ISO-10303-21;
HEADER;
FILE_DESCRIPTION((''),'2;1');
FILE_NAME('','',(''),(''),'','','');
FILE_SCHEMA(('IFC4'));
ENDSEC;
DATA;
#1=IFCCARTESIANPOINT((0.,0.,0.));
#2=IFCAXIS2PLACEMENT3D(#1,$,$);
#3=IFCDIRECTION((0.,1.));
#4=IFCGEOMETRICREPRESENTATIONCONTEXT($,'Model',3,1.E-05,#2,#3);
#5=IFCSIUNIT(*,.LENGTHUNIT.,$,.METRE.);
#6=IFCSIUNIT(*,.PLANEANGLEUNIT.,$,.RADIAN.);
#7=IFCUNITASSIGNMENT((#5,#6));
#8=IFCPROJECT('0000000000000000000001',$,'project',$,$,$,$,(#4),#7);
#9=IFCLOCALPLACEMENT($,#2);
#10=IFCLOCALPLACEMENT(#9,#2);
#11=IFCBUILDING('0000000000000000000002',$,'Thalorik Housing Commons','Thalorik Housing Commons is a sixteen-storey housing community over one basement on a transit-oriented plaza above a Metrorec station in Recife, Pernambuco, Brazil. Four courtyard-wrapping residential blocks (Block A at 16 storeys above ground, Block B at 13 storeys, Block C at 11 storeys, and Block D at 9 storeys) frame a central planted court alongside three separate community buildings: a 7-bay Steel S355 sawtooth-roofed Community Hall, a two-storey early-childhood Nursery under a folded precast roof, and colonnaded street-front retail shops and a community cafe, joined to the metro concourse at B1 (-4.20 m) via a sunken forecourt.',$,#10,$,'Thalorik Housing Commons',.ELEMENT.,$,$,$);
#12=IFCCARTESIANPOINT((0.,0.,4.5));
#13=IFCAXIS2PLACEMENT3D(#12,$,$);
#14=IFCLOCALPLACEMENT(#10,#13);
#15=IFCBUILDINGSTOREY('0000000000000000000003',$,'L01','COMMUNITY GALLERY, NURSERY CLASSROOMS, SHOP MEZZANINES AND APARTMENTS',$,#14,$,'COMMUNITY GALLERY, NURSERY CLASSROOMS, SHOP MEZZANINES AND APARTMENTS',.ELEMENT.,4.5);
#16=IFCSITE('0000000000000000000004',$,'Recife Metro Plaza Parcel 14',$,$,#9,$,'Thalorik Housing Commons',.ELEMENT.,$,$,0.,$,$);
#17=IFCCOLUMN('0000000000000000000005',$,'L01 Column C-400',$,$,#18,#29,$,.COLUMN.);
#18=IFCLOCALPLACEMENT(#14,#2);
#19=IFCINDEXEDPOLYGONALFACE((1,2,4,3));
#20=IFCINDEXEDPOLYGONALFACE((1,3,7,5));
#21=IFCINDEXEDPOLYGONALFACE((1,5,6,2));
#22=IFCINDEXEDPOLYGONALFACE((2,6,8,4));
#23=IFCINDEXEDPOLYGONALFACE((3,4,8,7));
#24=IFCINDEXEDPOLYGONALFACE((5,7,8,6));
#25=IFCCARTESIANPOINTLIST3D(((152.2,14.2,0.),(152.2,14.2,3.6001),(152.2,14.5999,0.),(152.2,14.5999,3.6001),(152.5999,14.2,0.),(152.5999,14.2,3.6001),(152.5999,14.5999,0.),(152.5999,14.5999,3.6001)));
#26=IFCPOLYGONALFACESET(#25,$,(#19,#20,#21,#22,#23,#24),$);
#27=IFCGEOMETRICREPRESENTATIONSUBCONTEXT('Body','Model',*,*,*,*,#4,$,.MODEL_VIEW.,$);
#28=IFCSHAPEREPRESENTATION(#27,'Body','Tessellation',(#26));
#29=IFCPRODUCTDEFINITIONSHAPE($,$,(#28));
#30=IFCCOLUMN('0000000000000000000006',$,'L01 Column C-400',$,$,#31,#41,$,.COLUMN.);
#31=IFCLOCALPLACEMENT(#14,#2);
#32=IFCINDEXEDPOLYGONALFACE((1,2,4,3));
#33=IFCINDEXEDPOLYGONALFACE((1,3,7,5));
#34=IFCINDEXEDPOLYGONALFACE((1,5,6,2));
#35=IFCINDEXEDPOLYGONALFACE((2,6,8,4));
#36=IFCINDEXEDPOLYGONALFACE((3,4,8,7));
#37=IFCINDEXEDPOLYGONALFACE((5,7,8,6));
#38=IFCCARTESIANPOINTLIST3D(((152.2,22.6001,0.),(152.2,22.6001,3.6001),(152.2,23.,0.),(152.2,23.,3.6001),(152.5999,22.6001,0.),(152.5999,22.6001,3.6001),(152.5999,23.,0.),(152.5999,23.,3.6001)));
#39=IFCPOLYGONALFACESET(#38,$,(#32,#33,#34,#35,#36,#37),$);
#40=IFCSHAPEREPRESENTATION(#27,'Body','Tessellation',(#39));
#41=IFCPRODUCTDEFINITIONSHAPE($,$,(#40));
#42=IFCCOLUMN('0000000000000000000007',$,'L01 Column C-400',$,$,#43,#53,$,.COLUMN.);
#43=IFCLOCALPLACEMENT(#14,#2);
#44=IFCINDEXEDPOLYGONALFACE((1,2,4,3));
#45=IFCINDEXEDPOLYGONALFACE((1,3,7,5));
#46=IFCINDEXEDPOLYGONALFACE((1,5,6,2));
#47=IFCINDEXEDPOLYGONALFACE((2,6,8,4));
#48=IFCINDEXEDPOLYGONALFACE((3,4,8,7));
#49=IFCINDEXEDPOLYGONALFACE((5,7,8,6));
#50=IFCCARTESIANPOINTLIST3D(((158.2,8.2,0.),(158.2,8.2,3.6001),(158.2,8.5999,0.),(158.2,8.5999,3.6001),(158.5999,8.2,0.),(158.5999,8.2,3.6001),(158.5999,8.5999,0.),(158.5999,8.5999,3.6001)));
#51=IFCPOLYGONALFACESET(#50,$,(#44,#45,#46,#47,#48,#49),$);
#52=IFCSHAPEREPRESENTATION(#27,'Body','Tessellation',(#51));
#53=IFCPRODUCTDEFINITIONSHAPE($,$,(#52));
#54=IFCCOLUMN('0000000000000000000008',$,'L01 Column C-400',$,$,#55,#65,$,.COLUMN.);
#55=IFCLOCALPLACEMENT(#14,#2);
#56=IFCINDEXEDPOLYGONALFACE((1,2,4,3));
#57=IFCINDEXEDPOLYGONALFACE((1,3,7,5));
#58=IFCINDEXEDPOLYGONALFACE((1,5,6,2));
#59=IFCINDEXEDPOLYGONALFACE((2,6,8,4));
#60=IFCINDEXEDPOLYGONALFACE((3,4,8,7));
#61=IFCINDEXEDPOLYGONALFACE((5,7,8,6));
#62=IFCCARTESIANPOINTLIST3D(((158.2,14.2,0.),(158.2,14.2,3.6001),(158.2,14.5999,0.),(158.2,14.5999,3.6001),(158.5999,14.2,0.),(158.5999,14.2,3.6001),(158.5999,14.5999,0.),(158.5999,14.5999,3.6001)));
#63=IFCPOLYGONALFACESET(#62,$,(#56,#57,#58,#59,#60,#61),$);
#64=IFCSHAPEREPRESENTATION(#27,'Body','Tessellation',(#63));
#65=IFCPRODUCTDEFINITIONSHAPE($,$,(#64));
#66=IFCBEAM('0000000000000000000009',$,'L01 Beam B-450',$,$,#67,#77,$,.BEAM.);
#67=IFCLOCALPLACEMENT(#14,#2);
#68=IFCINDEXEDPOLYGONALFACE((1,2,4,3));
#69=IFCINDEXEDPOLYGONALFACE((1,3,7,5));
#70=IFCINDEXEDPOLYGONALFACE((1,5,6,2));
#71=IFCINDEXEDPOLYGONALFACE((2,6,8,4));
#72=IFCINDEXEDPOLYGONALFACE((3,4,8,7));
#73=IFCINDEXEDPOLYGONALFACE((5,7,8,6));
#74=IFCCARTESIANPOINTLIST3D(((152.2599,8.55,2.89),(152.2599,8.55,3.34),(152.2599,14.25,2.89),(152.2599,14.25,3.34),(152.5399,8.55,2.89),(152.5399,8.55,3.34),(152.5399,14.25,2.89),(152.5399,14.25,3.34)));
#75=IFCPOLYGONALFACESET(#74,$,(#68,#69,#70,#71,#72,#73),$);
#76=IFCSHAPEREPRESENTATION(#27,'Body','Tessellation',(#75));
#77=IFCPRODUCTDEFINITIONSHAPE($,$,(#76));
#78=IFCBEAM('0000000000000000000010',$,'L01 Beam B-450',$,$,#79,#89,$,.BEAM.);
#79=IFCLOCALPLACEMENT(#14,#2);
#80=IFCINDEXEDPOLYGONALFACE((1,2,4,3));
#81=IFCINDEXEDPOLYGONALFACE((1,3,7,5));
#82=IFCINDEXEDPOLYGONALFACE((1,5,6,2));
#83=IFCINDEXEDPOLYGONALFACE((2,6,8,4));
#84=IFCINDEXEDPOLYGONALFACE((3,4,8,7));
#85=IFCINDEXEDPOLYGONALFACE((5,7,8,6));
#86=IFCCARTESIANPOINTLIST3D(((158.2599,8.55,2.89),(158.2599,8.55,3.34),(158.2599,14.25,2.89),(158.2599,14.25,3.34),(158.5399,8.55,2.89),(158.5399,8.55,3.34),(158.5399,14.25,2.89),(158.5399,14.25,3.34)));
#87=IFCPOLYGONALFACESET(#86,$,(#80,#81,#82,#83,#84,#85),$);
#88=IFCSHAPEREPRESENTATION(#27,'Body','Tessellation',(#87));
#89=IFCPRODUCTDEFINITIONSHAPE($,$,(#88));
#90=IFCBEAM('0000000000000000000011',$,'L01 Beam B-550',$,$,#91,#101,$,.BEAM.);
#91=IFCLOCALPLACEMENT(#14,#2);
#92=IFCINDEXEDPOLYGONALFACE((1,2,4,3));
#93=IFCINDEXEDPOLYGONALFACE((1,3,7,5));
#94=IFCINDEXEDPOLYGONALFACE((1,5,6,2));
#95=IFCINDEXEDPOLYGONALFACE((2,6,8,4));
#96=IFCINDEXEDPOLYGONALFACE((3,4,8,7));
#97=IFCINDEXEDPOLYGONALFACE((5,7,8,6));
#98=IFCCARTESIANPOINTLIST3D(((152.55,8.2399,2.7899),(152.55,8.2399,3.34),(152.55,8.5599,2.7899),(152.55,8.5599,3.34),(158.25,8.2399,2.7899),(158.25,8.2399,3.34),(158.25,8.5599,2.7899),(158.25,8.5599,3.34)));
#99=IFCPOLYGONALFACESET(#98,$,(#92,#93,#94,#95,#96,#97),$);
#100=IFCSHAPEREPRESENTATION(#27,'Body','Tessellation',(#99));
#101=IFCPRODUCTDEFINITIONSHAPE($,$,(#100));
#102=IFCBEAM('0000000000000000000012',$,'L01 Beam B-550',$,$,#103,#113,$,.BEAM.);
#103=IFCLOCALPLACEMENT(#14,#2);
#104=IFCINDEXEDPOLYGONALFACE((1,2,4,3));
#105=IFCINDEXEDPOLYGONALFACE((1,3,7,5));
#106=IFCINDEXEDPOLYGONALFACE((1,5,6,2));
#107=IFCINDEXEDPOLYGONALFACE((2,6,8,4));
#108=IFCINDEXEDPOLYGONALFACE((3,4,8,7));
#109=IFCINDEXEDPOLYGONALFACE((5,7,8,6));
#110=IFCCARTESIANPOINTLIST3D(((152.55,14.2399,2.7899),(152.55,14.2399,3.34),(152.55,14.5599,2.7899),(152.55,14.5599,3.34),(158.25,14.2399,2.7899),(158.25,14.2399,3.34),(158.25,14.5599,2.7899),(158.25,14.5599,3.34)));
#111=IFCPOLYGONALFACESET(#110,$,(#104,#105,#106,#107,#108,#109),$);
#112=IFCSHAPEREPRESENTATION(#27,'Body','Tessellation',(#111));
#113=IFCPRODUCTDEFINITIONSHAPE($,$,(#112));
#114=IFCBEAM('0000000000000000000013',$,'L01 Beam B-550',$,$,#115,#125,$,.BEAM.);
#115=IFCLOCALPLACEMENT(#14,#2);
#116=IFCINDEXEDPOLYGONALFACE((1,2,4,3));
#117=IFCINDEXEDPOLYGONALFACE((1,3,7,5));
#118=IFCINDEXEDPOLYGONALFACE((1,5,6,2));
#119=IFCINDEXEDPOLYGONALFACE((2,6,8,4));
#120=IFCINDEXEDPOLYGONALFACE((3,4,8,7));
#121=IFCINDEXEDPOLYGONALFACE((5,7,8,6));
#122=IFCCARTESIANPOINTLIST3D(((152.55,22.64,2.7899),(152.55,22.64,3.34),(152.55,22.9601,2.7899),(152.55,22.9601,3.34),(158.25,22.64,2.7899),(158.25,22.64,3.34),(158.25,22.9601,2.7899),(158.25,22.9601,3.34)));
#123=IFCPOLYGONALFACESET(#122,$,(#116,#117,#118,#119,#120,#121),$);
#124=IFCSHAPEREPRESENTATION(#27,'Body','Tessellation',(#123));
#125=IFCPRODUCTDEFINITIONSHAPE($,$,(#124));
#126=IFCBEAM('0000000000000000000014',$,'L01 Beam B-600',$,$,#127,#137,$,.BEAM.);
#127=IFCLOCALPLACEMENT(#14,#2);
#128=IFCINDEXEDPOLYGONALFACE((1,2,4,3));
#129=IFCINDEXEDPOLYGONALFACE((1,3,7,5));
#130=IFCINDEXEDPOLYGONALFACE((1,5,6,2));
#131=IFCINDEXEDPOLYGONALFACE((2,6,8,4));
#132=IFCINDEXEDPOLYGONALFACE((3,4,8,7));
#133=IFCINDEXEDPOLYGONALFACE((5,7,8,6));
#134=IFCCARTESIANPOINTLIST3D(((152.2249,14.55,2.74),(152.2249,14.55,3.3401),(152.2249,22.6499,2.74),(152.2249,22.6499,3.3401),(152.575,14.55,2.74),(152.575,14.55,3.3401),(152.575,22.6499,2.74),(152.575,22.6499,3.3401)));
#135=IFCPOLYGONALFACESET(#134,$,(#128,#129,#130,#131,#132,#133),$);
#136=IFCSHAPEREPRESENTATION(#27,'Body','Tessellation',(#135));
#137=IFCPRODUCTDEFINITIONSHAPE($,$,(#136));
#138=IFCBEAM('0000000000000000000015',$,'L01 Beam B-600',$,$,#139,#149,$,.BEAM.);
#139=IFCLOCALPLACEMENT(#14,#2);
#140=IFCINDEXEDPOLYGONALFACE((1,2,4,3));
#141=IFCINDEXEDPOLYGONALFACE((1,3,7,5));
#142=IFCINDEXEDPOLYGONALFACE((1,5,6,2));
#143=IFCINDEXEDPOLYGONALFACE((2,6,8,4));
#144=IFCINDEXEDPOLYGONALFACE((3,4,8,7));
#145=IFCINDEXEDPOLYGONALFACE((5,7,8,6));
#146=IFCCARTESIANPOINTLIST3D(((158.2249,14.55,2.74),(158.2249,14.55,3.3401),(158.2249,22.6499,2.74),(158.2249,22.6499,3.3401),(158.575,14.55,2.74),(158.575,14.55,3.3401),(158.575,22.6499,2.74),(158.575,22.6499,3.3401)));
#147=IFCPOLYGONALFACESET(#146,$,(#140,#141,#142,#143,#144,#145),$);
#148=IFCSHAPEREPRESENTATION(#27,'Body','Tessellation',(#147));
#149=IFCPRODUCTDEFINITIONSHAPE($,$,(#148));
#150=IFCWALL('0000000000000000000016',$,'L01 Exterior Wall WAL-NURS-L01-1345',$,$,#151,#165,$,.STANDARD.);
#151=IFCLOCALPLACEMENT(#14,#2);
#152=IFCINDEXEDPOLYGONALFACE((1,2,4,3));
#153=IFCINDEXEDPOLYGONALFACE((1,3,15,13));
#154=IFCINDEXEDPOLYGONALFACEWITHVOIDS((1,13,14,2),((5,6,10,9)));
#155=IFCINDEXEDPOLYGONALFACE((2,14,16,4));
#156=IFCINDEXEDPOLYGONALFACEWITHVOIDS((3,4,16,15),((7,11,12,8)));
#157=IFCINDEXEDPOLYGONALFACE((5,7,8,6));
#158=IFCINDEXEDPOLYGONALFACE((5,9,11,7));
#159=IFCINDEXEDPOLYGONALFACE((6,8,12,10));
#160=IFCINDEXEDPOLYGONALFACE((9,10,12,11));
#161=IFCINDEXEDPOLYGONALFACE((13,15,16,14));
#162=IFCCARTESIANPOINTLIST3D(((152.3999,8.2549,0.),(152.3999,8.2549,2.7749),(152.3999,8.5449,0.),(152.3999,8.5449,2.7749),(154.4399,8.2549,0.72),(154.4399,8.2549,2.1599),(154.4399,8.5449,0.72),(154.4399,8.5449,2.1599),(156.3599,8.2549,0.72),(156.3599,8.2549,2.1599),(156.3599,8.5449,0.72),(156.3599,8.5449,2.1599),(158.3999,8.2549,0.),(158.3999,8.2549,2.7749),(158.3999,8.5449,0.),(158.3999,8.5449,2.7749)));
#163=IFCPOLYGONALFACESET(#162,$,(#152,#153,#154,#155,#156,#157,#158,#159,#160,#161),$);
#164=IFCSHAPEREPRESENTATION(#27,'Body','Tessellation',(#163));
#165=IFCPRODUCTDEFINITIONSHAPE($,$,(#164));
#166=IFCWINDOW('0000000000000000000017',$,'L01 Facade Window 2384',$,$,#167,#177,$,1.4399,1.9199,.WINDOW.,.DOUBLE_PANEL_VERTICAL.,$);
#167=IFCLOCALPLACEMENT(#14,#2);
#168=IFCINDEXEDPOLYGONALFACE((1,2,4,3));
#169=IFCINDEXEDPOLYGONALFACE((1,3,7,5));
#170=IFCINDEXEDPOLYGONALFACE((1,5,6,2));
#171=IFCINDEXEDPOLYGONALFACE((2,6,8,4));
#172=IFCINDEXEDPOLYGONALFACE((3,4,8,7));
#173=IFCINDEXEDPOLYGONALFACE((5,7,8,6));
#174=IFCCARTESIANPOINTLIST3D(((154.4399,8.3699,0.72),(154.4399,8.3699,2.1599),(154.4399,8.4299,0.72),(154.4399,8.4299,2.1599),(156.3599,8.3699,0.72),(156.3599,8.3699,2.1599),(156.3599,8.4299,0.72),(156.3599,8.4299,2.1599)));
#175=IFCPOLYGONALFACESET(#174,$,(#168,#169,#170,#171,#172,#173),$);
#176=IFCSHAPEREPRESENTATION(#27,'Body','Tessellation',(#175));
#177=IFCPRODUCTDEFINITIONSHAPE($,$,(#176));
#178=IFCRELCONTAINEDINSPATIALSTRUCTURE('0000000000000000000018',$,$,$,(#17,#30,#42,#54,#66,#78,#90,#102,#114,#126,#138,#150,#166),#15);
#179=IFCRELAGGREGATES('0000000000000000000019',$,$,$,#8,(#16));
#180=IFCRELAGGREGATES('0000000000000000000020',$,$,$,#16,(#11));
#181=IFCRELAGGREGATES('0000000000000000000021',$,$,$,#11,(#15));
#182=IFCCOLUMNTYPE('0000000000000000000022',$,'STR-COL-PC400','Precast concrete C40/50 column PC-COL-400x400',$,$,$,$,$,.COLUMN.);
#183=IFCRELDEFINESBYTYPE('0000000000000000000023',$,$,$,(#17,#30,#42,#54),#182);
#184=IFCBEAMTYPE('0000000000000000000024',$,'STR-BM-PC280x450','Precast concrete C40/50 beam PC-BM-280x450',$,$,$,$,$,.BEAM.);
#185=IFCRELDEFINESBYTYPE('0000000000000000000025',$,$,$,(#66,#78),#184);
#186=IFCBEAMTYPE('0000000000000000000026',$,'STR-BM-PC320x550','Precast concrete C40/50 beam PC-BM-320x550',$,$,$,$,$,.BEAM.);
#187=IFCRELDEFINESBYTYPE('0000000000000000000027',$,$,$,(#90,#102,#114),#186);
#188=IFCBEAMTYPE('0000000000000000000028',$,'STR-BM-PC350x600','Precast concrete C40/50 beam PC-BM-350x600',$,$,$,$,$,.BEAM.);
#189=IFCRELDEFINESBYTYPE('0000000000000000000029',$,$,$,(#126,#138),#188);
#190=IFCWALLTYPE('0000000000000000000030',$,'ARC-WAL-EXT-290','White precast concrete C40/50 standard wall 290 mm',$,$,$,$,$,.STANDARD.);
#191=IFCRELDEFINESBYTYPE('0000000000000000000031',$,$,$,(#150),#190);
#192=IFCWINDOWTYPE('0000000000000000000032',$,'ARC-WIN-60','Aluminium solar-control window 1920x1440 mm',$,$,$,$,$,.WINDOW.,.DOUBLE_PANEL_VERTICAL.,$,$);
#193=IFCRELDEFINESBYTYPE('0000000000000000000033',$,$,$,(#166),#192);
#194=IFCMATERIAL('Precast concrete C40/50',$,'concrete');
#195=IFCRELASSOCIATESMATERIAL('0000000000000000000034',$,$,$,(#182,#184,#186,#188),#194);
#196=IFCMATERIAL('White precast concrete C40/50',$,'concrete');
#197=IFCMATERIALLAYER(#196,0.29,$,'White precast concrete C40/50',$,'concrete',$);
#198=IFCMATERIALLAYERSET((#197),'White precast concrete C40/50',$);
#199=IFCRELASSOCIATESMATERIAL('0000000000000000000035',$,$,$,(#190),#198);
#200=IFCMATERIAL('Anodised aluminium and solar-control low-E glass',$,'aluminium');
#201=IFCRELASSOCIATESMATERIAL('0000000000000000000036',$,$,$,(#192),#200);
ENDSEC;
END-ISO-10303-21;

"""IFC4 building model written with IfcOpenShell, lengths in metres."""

from ifc_helpers import new_model, si_unit, direction, frame, frame_2d, origin, origin_2d, place, context, subcontext, project, spatial, rectangle, extrude, material, layer, layer_set, material_profile, profile_set, type_object, element, fill, save


model = new_model("IFC4")

# Units and contexts
model_context = context("Model", 3, precision=1e-05, world=origin(), true_north=direction((0.0, 1.0)))
body_context = subcontext(model_context, "Body", "Model", "MODEL_VIEW")
ifc_project = project(units=[si_unit("LENGTHUNIT", "METRE"), si_unit("PLANEANGLEUNIT", "RADIAN")], contexts=[model_context])

# Site, building, storey
site_placement = place(None, origin())
site = spatial("IfcSite", under=ifc_project, at=site_placement, Name="Recife Metro Plaza Parcel 14", LongName="Thalorik Housing Commons", CompositionType="ELEMENT", RefElevation=0.0)
building_placement = place(site_placement, origin())
building = spatial("IfcBuilding", under=site, at=building_placement, Name="Thalorik Housing Commons", Description="Thalorik Housing Commons is a sixteen-storey housing community over one basement on a transit-oriented plaza above a Metrorec station in Recife, Pernambuco, Brazil. Four courtyard-wrapping residential blocks (Block A at 16 storeys above ground, Block B at 13 storeys, Block C at 11 storeys, and Block D at 9 storeys) frame a central planted court alongside three separate community buildings: a 7-bay Steel S355 sawtooth-roofed Community Hall, a two-storey early-childhood Nursery under a folded precast roof, and colonnaded street-front retail shops and a community cafe, joined to the metro concourse at B1 (-4.20 m) via a sunken forecourt.", LongName="Thalorik Housing Commons", CompositionType="ELEMENT")
storey_placement = place(building_placement, frame((0.0, 0.0, 4.5)))
storey = spatial("IfcBuildingStorey", under=building, at=storey_placement, Name="L01", Description="COMMUNITY GALLERY, NURSERY CLASSROOMS, SHOP MEZZANINES AND APARTMENTS", LongName="COMMUNITY GALLERY, NURSERY CLASSROOMS, SHOP MEZZANINES AND APARTMENTS", CompositionType="ELEMENT", Elevation=4.5)

# Columns
ifc_material_1 = material(Name="Precast concrete C40/50", Category="concrete")
ifc_material_profile_1 = material_profile(ifc_material_1, rectangle(XDim=0.3999, YDim=0.3999, at=origin_2d()), Name="PC 400x400", Category="concrete")
ifc_profile_set_1 = profile_set([ifc_material_profile_1], Name="Precast concrete C40/50")
column_type = type_object("IfcColumnType", Name="STR-COL-PC400", Description="Precast concrete C40/50 column PC-COL-400x400", PredefinedType="COLUMN", material=ifc_profile_set_1)
for number, where, z_axis, x_axis, name in (
    (1, (152.3999, 14.3999, 0.0), (0.0, 0.0, 1.0), (1.0, 0.0, 0.0), "L01 Column C-400"),
    (2, (152.3999, 22.8, 0.0), (0.0, 0.0, 1.0), (1.0, 0.0, 0.0), "L01 Column C-400"),
    (3, (158.3999, 8.3999, 0.0), (0.0, 0.0, 1.0), (1.0, 0.0, 0.0), "L01 Column C-400"),
    (4, (158.3999, 14.3999, 0.0), (0.0, 0.0, 1.0), (1.0, 0.0, 0.0), "L01 Column C-400"),
):
    element("IfcColumn", number, at=place(storey_placement, frame(where, z_axis=z_axis, x_axis=x_axis)), inside=storey, type_object=column_type, Name=name, PredefinedType="COLUMN", context=body_context, shape_type="SweptSolid", body=[
        extrude(rectangle(XDim=0.3999, YDim=0.3999, at=origin_2d()), origin(), (0.0, 0.0, 1.0), 3.6001),
    ])

# Beams
ifc_material_profile_2 = material_profile(ifc_material_1, rectangle(XDim=0.28, YDim=0.45, at=origin_2d()), Name="PC 280x450", Category="concrete")
ifc_profile_set_2 = profile_set([ifc_material_profile_2], Name="Precast concrete C40/50")
beam_type_1 = type_object("IfcBeamType", Name="STR-BM-PC280x450", Description="Precast concrete C40/50 beam PC-BM-280x450", PredefinedType="BEAM", material=ifc_profile_set_2)
for number, where, z_axis, x_axis, name in (
    (5, (152.3999, 8.55, 3.115), (0.0, 1.0, 0.0), (-1.0, 0.0, 0.0), "L01 Beam B-450"),
    (6, (158.3999, 8.55, 3.115), (0.0, 1.0, 0.0), (-1.0, 0.0, 0.0), "L01 Beam B-450"),
):
    element("IfcBeam", number, at=place(storey_placement, frame(where, z_axis=z_axis, x_axis=x_axis)), inside=storey, type_object=beam_type_1, Name=name, PredefinedType="BEAM", context=body_context, shape_type="SweptSolid", body=[
        extrude(rectangle(XDim=0.28, YDim=0.45, at=origin_2d()), origin(), (0.0, 0.0, 1.0), 5.7),
    ])
ifc_material_profile_3 = material_profile(ifc_material_1, rectangle(XDim=0.3201, YDim=0.55, at=origin_2d()), Name="PC 320x550", Category="concrete")
ifc_profile_set_3 = profile_set([ifc_material_profile_3], Name="Precast concrete C40/50")
beam_type_2 = type_object("IfcBeamType", Name="STR-BM-PC320x550", Description="Precast concrete C40/50 beam PC-BM-320x550", PredefinedType="BEAM", material=ifc_profile_set_3)
for number, where, z_axis, x_axis, name in (
    (7, (152.55, 8.3999, 3.0649), (1.0, 0.0, 0.0), (0.0, 1.0, 0.0), "L01 Beam B-550"),
    (8, (152.55, 14.3999, 3.0649), (1.0, 0.0, 0.0), (0.0, 1.0, 0.0), "L01 Beam B-550"),
    (9, (152.55, 22.8, 3.0649), (1.0, 0.0, 0.0), (0.0, 1.0, 0.0), "L01 Beam B-550"),
):
    element("IfcBeam", number, at=place(storey_placement, frame(where, z_axis=z_axis, x_axis=x_axis)), inside=storey, type_object=beam_type_2, Name=name, PredefinedType="BEAM", context=body_context, shape_type="SweptSolid", body=[
        extrude(rectangle(XDim=0.3201, YDim=0.55, at=origin_2d()), origin(), (0.0, 0.0, 1.0), 5.7),
    ])
ifc_material_profile_4 = material_profile(ifc_material_1, rectangle(XDim=0.3501, YDim=0.6001, at=origin_2d()), Name="PC 350x600", Category="concrete")
ifc_profile_set_4 = profile_set([ifc_material_profile_4], Name="Precast concrete C40/50")
beam_type_3 = type_object("IfcBeamType", Name="STR-BM-PC350x600", Description="Precast concrete C40/50 beam PC-BM-350x600", PredefinedType="BEAM", material=ifc_profile_set_4)
for number, where, z_axis, x_axis, name in (
    (10, (152.3999, 14.55, 3.04), (0.0, 1.0, 0.0), (-1.0, 0.0, 0.0), "L01 Beam B-600"),
    (11, (158.3999, 14.55, 3.04), (0.0, 1.0, 0.0), (-1.0, 0.0, 0.0), "L01 Beam B-600"),
):
    element("IfcBeam", number, at=place(storey_placement, frame(where, z_axis=z_axis, x_axis=x_axis)), inside=storey, type_object=beam_type_3, Name=name, PredefinedType="BEAM", context=body_context, shape_type="SweptSolid", body=[
        extrude(rectangle(XDim=0.3501, YDim=0.6001, at=origin_2d()), origin(), (0.0, 0.0, 1.0), 8.0999),
    ])

# Wall, opening, window
ifc_material_2 = material(Name="White precast concrete C40/50", Category="concrete")
ifc_layer_1 = layer(ifc_material_2, 0.29, Name="White precast concrete C40/50", Category="concrete")
ifc_layer_set_1 = layer_set([ifc_layer_1], Name="White precast concrete C40/50")
wall_type_1 = type_object("IfcWallType", Name="ARC-WAL-EXT-290", Description="White precast concrete C40/50 standard wall 290 mm", PredefinedType="STANDARD", material=ifc_layer_set_1)
wall_1_placement = place(storey_placement, frame((152.3999, 8.3999, 0.0), z_axis=(0.0, 0.0, 1.0), x_axis=(1.0, 0.0, 0.0)))
wall_1 = element("IfcWall", 12, at=wall_1_placement, inside=storey, type_object=wall_type_1, Name="L01 Exterior Wall WAL-NURS-L01-1345", PredefinedType="STANDARD", context=body_context, shape_type="SweptSolid", body=[
    extrude(rectangle(XDim=6.0, YDim=0.29, at=frame_2d((3.0, 0.0))), origin(), (0.0, 0.0, 1.0), 2.7749),
])
opening_1_placement = place(wall_1_placement, frame((2.04, 0.0, 0.72)))
opening_1 = element("IfcOpeningElement", 13, at=opening_1_placement, cuts=wall_1, PredefinedType="OPENING", context=body_context, shape_type="SweptSolid", body=[
    extrude(rectangle(XDim=1.9199, YDim=1.4399, at=frame_2d((0.96, 0.72))), frame((0.0, 0.155, 0.0), z_axis=(0.0, -1.0, 0.0), x_axis=(1.0, 0.0, 0.0)), (0.0, 0.0, 1.0), 0.3101),
])
ifc_material_3 = material(Name="Anodised aluminium and solar-control low-E glass", Category="aluminium")
window_type_1 = type_object("IfcWindowType", Name="ARC-WIN-60", Description="Aluminium solar-control window 1920x1440 mm", PartitioningType="DOUBLE_PANEL_VERTICAL", PredefinedType="WINDOW", material=ifc_material_3)
window_1_placement = place(opening_1_placement, origin())
window_1 = element("IfcWindow", 14, at=window_1_placement, inside=storey, type_object=window_type_1, Name="L01 Facade Window 2384", OverallHeight=1.4399, OverallWidth=1.9199, PartitioningType="DOUBLE_PANEL_VERTICAL", PredefinedType="WINDOW", context=body_context, shape_type="SweptSolid", body=[
    extrude(rectangle(XDim=1.9199, YDim=1.4399, at=frame_2d((0.96, 0.72))), frame((0.0, 0.03, 0.0), z_axis=(0.0, -1.0, 0.0), x_axis=(1.0, 0.0, 0.0)), (0.0, 0.0, 1.0), 0.0601),
])
fill(opening_1, window_1)

save(model, "model.ifc")
